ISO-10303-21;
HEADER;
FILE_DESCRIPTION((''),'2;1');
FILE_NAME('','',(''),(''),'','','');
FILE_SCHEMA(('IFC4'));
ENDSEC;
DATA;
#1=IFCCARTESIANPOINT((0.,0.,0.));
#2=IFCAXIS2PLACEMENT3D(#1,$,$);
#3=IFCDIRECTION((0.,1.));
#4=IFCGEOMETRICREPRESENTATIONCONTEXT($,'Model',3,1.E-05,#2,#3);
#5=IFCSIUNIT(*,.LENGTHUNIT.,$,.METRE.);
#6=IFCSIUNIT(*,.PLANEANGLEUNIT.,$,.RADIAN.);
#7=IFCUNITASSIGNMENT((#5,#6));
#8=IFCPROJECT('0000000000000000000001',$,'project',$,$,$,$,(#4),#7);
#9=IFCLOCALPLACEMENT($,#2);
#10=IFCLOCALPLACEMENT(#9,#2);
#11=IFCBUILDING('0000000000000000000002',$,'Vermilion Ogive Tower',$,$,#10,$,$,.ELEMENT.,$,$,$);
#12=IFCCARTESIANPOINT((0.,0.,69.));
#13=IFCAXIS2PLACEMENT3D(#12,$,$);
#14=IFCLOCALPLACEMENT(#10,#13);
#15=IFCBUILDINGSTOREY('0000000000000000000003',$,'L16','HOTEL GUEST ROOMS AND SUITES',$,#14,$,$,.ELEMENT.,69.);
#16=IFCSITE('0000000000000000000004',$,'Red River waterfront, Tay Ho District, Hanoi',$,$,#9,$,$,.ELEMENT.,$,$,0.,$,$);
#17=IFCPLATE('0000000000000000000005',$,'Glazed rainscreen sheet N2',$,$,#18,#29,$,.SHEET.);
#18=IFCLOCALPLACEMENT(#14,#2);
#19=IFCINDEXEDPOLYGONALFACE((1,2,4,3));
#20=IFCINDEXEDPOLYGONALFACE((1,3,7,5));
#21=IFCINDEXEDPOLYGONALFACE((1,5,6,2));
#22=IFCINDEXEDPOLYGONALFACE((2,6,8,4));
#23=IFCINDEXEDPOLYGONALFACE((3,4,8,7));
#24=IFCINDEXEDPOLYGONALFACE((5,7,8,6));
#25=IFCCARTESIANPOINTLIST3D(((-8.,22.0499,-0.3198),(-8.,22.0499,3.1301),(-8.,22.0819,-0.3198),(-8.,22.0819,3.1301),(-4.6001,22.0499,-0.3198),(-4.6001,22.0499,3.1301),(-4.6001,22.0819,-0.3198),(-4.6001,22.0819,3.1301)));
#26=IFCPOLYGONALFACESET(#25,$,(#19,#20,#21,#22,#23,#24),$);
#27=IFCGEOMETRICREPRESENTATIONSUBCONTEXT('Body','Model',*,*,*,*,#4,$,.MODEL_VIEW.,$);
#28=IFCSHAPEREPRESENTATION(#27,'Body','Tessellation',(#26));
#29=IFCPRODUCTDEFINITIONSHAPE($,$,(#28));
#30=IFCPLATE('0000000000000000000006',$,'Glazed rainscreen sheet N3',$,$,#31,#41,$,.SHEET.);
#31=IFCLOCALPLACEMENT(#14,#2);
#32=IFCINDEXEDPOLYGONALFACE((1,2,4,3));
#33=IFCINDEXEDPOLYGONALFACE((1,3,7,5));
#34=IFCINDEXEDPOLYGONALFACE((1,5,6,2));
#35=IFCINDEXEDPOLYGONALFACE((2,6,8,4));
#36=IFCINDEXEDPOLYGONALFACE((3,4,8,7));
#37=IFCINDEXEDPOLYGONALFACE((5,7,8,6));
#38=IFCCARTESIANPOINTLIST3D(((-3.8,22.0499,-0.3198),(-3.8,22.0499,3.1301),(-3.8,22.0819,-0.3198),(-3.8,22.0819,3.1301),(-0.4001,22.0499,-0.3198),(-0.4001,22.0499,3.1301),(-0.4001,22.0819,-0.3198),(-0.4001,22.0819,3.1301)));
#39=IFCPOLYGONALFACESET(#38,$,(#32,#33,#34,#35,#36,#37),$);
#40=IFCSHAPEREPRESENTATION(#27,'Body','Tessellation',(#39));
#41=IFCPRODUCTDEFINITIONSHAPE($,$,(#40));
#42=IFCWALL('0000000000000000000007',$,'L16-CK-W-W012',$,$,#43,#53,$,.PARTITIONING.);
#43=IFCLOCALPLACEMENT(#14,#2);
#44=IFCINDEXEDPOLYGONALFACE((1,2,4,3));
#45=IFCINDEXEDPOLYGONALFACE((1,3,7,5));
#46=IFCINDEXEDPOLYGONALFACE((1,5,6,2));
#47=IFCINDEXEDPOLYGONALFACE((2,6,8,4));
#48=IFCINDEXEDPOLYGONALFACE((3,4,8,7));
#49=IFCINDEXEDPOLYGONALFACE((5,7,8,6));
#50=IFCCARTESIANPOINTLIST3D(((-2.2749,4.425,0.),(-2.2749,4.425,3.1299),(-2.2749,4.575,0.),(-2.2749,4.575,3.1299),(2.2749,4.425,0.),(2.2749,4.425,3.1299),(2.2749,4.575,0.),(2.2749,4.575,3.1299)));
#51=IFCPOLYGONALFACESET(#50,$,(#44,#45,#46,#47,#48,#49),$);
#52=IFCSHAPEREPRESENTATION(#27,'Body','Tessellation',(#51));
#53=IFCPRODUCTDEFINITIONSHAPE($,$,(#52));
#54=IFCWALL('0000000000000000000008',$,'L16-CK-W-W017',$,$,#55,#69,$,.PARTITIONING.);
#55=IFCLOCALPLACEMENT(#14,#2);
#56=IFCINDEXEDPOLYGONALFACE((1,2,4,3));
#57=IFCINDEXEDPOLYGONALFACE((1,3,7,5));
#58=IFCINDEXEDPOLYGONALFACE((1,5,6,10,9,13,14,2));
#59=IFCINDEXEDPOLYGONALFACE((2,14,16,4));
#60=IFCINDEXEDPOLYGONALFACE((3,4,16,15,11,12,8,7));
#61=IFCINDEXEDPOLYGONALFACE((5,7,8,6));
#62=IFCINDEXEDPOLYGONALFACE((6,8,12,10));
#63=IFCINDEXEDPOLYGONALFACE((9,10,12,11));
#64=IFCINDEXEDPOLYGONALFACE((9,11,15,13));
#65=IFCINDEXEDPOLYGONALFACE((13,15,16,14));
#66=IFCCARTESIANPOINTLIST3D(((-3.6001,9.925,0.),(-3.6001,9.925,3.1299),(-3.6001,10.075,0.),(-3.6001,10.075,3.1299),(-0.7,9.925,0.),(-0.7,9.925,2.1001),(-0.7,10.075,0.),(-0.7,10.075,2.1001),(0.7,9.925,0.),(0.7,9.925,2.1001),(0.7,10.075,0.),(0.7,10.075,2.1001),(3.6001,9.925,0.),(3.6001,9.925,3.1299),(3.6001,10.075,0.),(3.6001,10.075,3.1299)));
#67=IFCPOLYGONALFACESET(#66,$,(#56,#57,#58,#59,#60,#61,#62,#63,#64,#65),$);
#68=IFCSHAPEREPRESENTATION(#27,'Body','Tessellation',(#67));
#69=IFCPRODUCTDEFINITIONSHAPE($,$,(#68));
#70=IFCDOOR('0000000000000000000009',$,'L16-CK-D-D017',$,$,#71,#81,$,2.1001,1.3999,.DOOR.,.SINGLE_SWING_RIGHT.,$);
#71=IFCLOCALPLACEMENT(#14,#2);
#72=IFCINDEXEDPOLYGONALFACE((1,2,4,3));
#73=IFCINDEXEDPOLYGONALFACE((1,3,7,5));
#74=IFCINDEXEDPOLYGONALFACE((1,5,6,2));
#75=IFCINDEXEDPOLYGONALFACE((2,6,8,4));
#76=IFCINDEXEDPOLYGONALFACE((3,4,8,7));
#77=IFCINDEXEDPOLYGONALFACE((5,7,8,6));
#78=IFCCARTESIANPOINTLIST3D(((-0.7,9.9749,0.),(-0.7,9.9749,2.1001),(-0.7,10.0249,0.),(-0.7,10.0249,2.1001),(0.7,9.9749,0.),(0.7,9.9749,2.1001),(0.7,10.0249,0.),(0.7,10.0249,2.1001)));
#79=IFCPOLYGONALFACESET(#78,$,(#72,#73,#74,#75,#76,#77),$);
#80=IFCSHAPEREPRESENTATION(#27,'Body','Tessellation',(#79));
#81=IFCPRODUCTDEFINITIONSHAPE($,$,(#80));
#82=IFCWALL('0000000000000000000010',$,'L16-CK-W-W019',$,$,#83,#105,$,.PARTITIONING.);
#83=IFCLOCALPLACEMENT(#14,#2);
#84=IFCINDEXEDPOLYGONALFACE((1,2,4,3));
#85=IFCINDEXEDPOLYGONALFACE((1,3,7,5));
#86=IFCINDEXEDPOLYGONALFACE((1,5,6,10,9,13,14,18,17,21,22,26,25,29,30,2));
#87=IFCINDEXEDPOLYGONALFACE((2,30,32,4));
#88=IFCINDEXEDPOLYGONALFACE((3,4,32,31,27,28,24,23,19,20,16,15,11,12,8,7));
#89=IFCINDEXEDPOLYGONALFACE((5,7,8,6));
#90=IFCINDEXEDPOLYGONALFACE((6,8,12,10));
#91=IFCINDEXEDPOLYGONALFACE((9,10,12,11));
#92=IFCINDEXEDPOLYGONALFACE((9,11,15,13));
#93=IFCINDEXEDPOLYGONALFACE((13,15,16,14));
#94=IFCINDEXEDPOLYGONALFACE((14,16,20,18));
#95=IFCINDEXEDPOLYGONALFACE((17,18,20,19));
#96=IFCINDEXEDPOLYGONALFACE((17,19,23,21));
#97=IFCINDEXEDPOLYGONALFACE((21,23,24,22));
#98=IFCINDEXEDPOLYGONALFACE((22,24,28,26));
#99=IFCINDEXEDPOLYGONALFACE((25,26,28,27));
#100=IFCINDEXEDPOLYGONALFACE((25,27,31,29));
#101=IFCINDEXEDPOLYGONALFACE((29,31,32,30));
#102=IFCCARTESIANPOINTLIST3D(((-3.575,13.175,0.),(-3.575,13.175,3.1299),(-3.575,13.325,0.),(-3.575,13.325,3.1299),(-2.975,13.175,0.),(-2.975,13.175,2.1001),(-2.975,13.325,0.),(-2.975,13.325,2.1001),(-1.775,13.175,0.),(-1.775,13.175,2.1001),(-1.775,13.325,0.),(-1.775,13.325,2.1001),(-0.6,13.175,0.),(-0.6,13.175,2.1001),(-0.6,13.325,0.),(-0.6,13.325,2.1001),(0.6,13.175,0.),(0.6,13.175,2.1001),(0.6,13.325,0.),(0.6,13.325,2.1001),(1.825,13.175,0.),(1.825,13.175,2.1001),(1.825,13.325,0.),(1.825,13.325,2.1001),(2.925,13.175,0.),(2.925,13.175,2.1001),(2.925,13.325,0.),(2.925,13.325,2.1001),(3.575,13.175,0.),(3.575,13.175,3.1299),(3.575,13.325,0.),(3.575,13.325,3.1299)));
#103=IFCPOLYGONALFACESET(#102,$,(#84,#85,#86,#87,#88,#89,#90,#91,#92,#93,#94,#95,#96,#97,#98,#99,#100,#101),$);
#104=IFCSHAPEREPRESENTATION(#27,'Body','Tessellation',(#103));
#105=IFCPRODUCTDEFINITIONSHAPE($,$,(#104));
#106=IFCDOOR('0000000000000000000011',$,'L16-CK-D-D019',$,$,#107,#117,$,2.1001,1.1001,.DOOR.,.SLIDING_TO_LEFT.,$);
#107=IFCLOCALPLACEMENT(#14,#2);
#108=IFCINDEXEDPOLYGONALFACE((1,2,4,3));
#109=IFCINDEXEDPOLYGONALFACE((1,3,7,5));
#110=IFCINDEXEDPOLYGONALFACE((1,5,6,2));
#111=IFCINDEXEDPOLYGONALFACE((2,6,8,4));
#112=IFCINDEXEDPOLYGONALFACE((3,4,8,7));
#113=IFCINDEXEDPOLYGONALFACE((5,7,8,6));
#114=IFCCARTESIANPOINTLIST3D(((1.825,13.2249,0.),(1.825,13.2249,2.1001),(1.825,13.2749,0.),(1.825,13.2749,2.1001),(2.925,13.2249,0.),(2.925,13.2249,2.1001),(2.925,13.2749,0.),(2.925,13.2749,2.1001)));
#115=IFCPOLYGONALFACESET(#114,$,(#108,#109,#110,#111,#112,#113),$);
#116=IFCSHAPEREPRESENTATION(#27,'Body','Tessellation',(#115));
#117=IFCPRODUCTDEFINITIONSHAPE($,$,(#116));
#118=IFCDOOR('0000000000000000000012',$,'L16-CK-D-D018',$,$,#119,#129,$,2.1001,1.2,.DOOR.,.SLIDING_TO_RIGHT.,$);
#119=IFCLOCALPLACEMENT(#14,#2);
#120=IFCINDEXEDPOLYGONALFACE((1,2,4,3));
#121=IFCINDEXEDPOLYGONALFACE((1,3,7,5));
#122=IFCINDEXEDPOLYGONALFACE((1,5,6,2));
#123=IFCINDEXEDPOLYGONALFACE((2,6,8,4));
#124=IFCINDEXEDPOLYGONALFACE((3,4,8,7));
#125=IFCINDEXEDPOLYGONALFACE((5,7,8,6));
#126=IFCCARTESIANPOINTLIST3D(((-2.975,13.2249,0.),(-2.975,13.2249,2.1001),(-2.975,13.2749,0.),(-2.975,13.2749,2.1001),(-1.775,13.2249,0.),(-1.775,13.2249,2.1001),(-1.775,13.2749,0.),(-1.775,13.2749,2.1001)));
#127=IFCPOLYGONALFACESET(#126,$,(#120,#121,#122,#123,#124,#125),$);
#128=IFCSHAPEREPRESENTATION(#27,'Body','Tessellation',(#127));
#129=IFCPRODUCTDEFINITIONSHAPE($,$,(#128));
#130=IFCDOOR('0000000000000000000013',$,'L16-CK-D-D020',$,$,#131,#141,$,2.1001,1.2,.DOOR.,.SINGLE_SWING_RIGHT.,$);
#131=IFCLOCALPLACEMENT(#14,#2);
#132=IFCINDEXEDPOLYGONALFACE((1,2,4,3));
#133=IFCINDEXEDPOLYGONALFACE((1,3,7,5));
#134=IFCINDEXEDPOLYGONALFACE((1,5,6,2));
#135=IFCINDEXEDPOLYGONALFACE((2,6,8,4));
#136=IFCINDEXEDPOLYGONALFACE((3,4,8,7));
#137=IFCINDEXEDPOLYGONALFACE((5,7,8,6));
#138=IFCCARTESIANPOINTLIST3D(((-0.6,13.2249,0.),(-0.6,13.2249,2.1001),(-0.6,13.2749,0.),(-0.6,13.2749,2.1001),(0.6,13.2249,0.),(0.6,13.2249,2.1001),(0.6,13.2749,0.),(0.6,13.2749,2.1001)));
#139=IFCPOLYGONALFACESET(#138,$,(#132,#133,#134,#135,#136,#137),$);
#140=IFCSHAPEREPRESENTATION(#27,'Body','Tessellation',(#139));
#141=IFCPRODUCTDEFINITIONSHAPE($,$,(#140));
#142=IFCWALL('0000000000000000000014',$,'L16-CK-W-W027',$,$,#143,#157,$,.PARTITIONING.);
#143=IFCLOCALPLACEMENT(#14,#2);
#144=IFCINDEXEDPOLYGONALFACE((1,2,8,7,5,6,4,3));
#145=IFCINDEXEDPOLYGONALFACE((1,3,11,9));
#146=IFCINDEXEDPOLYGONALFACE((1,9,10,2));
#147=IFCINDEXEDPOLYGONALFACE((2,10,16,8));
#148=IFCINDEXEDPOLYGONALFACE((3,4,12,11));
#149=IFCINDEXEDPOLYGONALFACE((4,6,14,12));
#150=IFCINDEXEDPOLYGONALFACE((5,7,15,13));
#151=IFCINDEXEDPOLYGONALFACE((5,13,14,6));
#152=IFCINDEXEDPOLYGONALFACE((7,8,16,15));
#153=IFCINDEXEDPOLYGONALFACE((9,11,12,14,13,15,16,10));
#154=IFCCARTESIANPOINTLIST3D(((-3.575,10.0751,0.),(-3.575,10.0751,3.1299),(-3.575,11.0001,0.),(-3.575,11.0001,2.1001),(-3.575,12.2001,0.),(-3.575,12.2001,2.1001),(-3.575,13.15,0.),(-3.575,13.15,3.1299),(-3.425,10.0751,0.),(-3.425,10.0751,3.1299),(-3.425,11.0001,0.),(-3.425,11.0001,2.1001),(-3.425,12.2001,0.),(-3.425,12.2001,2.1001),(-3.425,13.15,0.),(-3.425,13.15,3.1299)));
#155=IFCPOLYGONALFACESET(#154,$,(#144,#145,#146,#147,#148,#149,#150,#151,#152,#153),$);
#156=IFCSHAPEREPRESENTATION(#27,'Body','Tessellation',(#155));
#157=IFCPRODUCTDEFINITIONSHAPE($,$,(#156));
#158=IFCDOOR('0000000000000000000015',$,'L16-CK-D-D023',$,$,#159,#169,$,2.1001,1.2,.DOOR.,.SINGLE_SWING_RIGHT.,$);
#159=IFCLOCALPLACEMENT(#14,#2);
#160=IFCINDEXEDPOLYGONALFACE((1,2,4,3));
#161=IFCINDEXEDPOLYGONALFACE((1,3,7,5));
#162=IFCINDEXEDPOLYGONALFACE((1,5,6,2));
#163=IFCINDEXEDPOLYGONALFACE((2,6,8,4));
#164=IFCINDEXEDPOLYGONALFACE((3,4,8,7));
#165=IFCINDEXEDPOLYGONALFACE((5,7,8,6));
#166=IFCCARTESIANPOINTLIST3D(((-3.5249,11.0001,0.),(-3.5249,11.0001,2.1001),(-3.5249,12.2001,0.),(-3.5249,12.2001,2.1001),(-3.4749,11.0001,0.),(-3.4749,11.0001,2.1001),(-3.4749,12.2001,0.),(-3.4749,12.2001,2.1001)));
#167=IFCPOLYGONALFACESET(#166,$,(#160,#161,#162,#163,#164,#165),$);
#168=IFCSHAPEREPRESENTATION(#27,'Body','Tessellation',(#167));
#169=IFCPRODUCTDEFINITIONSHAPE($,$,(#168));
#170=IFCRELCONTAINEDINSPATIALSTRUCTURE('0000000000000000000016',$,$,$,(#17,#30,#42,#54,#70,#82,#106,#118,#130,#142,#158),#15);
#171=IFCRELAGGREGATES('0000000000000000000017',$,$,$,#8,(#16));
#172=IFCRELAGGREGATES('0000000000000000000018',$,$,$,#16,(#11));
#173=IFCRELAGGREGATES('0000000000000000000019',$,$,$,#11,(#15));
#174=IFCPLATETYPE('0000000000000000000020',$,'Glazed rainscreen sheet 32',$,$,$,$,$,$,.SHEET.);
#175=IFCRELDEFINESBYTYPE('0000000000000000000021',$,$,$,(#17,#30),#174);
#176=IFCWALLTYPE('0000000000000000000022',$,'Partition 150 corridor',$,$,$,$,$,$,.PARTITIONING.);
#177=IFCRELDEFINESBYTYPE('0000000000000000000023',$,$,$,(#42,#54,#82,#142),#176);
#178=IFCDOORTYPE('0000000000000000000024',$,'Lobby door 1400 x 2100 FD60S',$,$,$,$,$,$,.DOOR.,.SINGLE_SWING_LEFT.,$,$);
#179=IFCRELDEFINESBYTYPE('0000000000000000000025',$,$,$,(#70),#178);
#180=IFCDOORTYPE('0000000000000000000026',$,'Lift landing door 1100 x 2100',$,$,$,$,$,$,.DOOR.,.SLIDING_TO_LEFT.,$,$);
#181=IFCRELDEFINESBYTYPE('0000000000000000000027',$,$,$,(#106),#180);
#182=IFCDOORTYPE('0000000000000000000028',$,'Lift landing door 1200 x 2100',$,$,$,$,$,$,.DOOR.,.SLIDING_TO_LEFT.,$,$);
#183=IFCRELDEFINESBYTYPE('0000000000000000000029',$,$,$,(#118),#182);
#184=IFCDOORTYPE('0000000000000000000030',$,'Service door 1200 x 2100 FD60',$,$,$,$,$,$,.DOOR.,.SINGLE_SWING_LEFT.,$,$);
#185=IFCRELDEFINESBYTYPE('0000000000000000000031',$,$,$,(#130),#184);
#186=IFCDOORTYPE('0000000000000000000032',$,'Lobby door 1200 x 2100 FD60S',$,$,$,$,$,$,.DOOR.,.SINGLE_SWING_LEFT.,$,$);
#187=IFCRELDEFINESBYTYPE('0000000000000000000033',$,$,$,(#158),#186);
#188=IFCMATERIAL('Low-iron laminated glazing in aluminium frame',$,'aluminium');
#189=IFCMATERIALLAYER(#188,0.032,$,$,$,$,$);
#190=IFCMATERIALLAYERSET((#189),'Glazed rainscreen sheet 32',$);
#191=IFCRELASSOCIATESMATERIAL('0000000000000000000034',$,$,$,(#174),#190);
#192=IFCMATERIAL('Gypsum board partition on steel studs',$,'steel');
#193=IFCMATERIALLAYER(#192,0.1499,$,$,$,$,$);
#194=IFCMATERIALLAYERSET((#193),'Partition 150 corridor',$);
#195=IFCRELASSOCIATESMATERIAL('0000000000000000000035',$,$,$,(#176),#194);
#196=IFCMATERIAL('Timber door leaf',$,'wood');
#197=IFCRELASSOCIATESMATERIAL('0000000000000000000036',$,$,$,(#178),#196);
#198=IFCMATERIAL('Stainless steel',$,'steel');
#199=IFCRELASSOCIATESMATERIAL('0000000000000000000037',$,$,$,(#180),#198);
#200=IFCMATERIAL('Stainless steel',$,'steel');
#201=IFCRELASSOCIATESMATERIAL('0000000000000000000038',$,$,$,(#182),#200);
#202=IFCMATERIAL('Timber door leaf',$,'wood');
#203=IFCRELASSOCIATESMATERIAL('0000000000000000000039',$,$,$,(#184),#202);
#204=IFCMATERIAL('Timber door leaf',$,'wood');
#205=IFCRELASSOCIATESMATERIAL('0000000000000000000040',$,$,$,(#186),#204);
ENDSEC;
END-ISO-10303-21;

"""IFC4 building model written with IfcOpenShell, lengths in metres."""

from ifc_helpers import new_model, si_unit, direction, frame, frame_2d, origin, origin_2d, place, context, subcontext, project, spatial, rectangle, extrude, material, layer, layer_set, type_object, element, fill, save


model = new_model("IFC4")

# Units and contexts
model_context = context("Model", 3, precision=1e-05, world=origin(), true_north=direction((0.0, 1.0)))
body_context = subcontext(model_context, "Body", "Model", "MODEL_VIEW")
ifc_project = project(units=[si_unit("LENGTHUNIT", "METRE"), si_unit("PLANEANGLEUNIT", "RADIAN")], contexts=[model_context])

# Site, building, storey
site_placement = place(None, origin())
site = spatial("IfcSite", under=ifc_project, at=site_placement, Name="Red River waterfront, Tay Ho District, Hanoi", CompositionType="ELEMENT", RefElevation=0.0)
building_placement = place(site_placement, origin())
building = spatial("IfcBuilding", under=site, at=building_placement, Name="Vermilion Ogive Tower", CompositionType="ELEMENT")
storey_placement = place(building_placement, frame((0.0, 0.0, 69.0)))
storey = spatial("IfcBuildingStorey", under=building, at=storey_placement, Name="L16", Description="HOTEL GUEST ROOMS AND SUITES", CompositionType="ELEMENT", Elevation=69.0)

# Plates
ifc_material_1 = material(Name="Low-iron laminated glazing in aluminium frame", Category="aluminium")
ifc_layer_1 = layer(ifc_material_1, 0.032)
ifc_layer_set_1 = layer_set([ifc_layer_1], Name="Glazed rainscreen sheet 32")
plate_type = type_object("IfcPlateType", Name="Glazed rainscreen sheet 32", PredefinedType="SHEET", material=ifc_layer_set_1)
for number, where, z_axis, x_axis, name in (
    (1, (-6.3, 22.0659, -0.3198), (0.0, 0.0, 1.0), (1.0, 0.0, 0.0), "Glazed rainscreen sheet N2"),
    (2, (-2.1001, 22.0659, -0.3198), (0.0, 0.0, 1.0), (1.0, 0.0, 0.0), "Glazed rainscreen sheet N3"),
):
    element("IfcPlate", number, at=place(storey_placement, frame(where, z_axis=z_axis, x_axis=x_axis)), inside=storey, type_object=plate_type, Name=name, PredefinedType="SHEET", context=body_context, shape_type="SweptSolid", body=[
        extrude(rectangle(XDim=3.3999, YDim=0.032, at=origin_2d()), origin(), (0.0, 0.0, 1.0), 3.45),
    ])

# Wall
ifc_material_2 = material(Name="Gypsum board partition on steel studs", Category="steel")
ifc_layer_2 = layer(ifc_material_2, 0.1499)
ifc_layer_set_2 = layer_set([ifc_layer_2], Name="Partition 150 corridor")
wall_type_1 = type_object("IfcWallType", Name="Partition 150 corridor", PredefinedType="PARTITIONING", material=ifc_layer_set_2)
wall_1_placement = place(storey_placement, frame((-2.2749, 4.5, 0.0), z_axis=(0.0, 0.0, 1.0), x_axis=(1.0, 0.0, 0.0)))
element("IfcWall", 3, at=wall_1_placement, inside=storey, type_object=wall_type_1, Name="L16-CK-W-W012", PredefinedType="PARTITIONING", context=body_context, shape_type="SweptSolid", body=[
    extrude(rectangle(XDim=4.5498, YDim=0.1499, at=frame_2d((2.2749, 0.0))), origin(), (0.0, 0.0, 1.0), 3.1299),
])

# Wall, opening, door
wall_2_placement = place(storey_placement, frame((-3.6001, 10.0, 0.0), z_axis=(0.0, 0.0, 1.0), x_axis=(1.0, 0.0, 0.0)))
wall_2 = element("IfcWall", 4, at=wall_2_placement, inside=storey, type_object=wall_type_1, Name="L16-CK-W-W017", PredefinedType="PARTITIONING", context=body_context, shape_type="SweptSolid", body=[
    extrude(rectangle(XDim=7.2002, YDim=0.1499, at=frame_2d((3.6001, 0.0))), origin(), (0.0, 0.0, 1.0), 3.1299),
])
opening_1_placement = place(wall_2_placement, frame((2.9001, 0.0, 0.0)))
opening_1 = element("IfcOpeningElement", 5, at=opening_1_placement, cuts=wall_2, PredefinedType="OPENING", context=body_context, shape_type="SweptSolid", body=[
    extrude(rectangle(XDim=1.3999, YDim=2.1001, at=frame_2d((0.7, 1.05))), frame((0.0, 0.085, 0.0), z_axis=(0.0, -1.0, 0.0), x_axis=(1.0, 0.0, 0.0)), (0.0, 0.0, 1.0), 0.1699),
])
ifc_material_3 = material(Name="Timber door leaf", Category="wood")
door_type_1 = type_object("IfcDoorType", Name="Lobby door 1400 x 2100 FD60S", OperationType="SINGLE_SWING_LEFT", PredefinedType="DOOR", material=ifc_material_3)
door_1_placement = place(opening_1_placement, origin())
door_1 = element("IfcDoor", 6, at=door_1_placement, inside=storey, type_object=door_type_1, Name="L16-CK-D-D017", OperationType="SINGLE_SWING_RIGHT", OverallHeight=2.1001, OverallWidth=1.3999, PredefinedType="DOOR", context=body_context, shape_type="SweptSolid", body=[
    extrude(rectangle(XDim=1.3999, YDim=2.1001, at=frame_2d((0.7, 1.05))), frame((0.0, 0.0249, 0.0), z_axis=(0.0, -1.0, 0.0), x_axis=(1.0, 0.0, 0.0)), (0.0, 0.0, 1.0), 0.05),
])
fill(opening_1, door_1)

# Wall, openings, doors
wall_3_placement = place(storey_placement, frame((-3.575, 13.25, 0.0), z_axis=(0.0, 0.0, 1.0), x_axis=(1.0, 0.0, 0.0)))
wall_3 = element("IfcWall", 7, at=wall_3_placement, inside=storey, type_object=wall_type_1, Name="L16-CK-W-W019", PredefinedType="PARTITIONING", context=body_context, shape_type="SweptSolid", body=[
    extrude(rectangle(XDim=7.1499, YDim=0.1499, at=frame_2d((3.575, 0.0))), origin(), (0.0, 0.0, 1.0), 3.1299),
])
opening_2_placement = place(wall_3_placement, frame((0.5999, 0.0, 0.0)))
opening_2 = element("IfcOpeningElement", 8, at=opening_2_placement, cuts=wall_3, PredefinedType="OPENING", context=body_context, shape_type="SweptSolid", body=[
    extrude(rectangle(XDim=1.2, YDim=2.1001, at=frame_2d((0.6001, 1.05))), frame((0.0, 0.085, 0.0), z_axis=(0.0, -1.0, 0.0), x_axis=(1.0, 0.0, 0.0)), (0.0, 0.0, 1.0), 0.1699),
])
opening_3_placement = place(wall_3_placement, frame((5.3999, 0.0, 0.0)))
opening_3 = element("IfcOpeningElement", 9, at=opening_3_placement, cuts=wall_3, PredefinedType="OPENING", context=body_context, shape_type="SweptSolid", body=[
    extrude(rectangle(XDim=1.1001, YDim=2.1001, at=frame_2d((0.55, 1.05))), frame((0.0, 0.085, 0.0), z_axis=(0.0, -1.0, 0.0), x_axis=(1.0, 0.0, 0.0)), (0.0, 0.0, 1.0), 0.1699),
])
opening_4_placement = place(wall_3_placement, frame((2.9749, 0.0, 0.0)))
opening_4 = element("IfcOpeningElement", 10, at=opening_4_placement, cuts=wall_3, PredefinedType="OPENING", context=body_context, shape_type="SweptSolid", body=[
    extrude(rectangle(XDim=1.2, YDim=2.1001, at=frame_2d((0.6001, 1.05))), frame((0.0, 0.085, 0.0), z_axis=(0.0, -1.0, 0.0), x_axis=(1.0, 0.0, 0.0)), (0.0, 0.0, 1.0), 0.1699),
])
ifc_material_4 = material(Name="Stainless steel", Category="steel")
door_type_2 = type_object("IfcDoorType", Name="Lift landing door 1100 x 2100", OperationType="SLIDING_TO_LEFT", PredefinedType="DOOR", material=ifc_material_4)
door_2_placement = place(opening_3_placement, origin())
door_2 = element("IfcDoor", 11, at=door_2_placement, inside=storey, type_object=door_type_2, Name="L16-CK-D-D019", OperationType="SLIDING_TO_LEFT", OverallHeight=2.1001, OverallWidth=1.1001, PredefinedType="DOOR", context=body_context, shape_type="SweptSolid", body=[
    extrude(rectangle(XDim=1.1001, YDim=2.1001, at=frame_2d((0.55, 1.05))), frame((0.0, 0.0249, 0.0), z_axis=(0.0, -1.0, 0.0), x_axis=(1.0, 0.0, 0.0)), (0.0, 0.0, 1.0), 0.05),
])
fill(opening_3, door_2)
ifc_material_5 = material(Name="Stainless steel", Category="steel")
door_type_3 = type_object("IfcDoorType", Name="Lift landing door 1200 x 2100", OperationType="SLIDING_TO_LEFT", PredefinedType="DOOR", material=ifc_material_5)
door_3_placement = place(opening_2_placement, origin())
door_3 = element("IfcDoor", 12, at=door_3_placement, inside=storey, type_object=door_type_3, Name="L16-CK-D-D018", OperationType="SLIDING_TO_RIGHT", OverallHeight=2.1001, OverallWidth=1.2, PredefinedType="DOOR", context=body_context, shape_type="SweptSolid", body=[
    extrude(rectangle(XDim=1.2, YDim=2.1001, at=frame_2d((0.6001, 1.05))), frame((0.0, 0.0249, 0.0), z_axis=(0.0, -1.0, 0.0), x_axis=(1.0, 0.0, 0.0)), (0.0, 0.0, 1.0), 0.05),
])
fill(opening_2, door_3)
ifc_material_6 = material(Name="Timber door leaf", Category="wood")
door_type_4 = type_object("IfcDoorType", Name="Service door 1200 x 2100 FD60", OperationType="SINGLE_SWING_LEFT", PredefinedType="DOOR", material=ifc_material_6)
door_4_placement = place(opening_4_placement, origin())
door_4 = element("IfcDoor", 13, at=door_4_placement, inside=storey, type_object=door_type_4, Name="L16-CK-D-D020", OperationType="SINGLE_SWING_RIGHT", OverallHeight=2.1001, OverallWidth=1.2, PredefinedType="DOOR", context=body_context, shape_type="SweptSolid", body=[
    extrude(rectangle(XDim=1.2, YDim=2.1001, at=frame_2d((0.6001, 1.05))), frame((0.0, 0.0249, 0.0), z_axis=(0.0, -1.0, 0.0), x_axis=(1.0, 0.0, 0.0)), (0.0, 0.0, 1.0), 0.05),
])
fill(opening_4, door_4)

# Wall, opening, door
wall_4_placement = place(storey_placement, frame((-3.5, 10.075, 0.0), z_axis=(0.0, 0.0, 1.0), x_axis=(0.0, 1.0, 0.0)))
wall_4 = element("IfcWall", 14, at=wall_4_placement, inside=storey, type_object=wall_type_1, Name="L16-CK-W-W027", PredefinedType="PARTITIONING", context=body_context, shape_type="SweptSolid", body=[
    extrude(rectangle(XDim=3.075, YDim=0.1499, at=frame_2d((1.5376, 0.0))), origin(), (0.0, 0.0, 1.0), 3.1299),
])
opening_5_placement = place(wall_4_placement, frame((0.925, 0.0, 0.0)))
opening_5 = element("IfcOpeningElement", 15, at=opening_5_placement, cuts=wall_4, PredefinedType="OPENING", context=body_context, shape_type="SweptSolid", body=[
    extrude(rectangle(XDim=1.2, YDim=2.1001, at=frame_2d((0.6001, 1.05))), frame((0.0, 0.085, 0.0), z_axis=(0.0, -1.0, 0.0), x_axis=(1.0, 0.0, 0.0)), (0.0, 0.0, 1.0), 0.1699),
])
ifc_material_7 = material(Name="Timber door leaf", Category="wood")
door_type_5 = type_object("IfcDoorType", Name="Lobby door 1200 x 2100 FD60S", OperationType="SINGLE_SWING_LEFT", PredefinedType="DOOR", material=ifc_material_7)
door_5_placement = place(opening_5_placement, origin())
door_5 = element("IfcDoor", 16, at=door_5_placement, inside=storey, type_object=door_type_5, Name="L16-CK-D-D023", OperationType="SINGLE_SWING_RIGHT", OverallHeight=2.1001, OverallWidth=1.2, PredefinedType="DOOR", context=body_context, shape_type="SweptSolid", body=[
    extrude(rectangle(XDim=1.2, YDim=2.1001, at=frame_2d((0.6001, 1.05))), frame((0.0, 0.0249, 0.0), z_axis=(0.0, -1.0, 0.0), x_axis=(1.0, 0.0, 0.0)), (0.0, 0.0, 1.0), 0.05),
])
fill(opening_5, door_5)

save(model, "model.ifc")
